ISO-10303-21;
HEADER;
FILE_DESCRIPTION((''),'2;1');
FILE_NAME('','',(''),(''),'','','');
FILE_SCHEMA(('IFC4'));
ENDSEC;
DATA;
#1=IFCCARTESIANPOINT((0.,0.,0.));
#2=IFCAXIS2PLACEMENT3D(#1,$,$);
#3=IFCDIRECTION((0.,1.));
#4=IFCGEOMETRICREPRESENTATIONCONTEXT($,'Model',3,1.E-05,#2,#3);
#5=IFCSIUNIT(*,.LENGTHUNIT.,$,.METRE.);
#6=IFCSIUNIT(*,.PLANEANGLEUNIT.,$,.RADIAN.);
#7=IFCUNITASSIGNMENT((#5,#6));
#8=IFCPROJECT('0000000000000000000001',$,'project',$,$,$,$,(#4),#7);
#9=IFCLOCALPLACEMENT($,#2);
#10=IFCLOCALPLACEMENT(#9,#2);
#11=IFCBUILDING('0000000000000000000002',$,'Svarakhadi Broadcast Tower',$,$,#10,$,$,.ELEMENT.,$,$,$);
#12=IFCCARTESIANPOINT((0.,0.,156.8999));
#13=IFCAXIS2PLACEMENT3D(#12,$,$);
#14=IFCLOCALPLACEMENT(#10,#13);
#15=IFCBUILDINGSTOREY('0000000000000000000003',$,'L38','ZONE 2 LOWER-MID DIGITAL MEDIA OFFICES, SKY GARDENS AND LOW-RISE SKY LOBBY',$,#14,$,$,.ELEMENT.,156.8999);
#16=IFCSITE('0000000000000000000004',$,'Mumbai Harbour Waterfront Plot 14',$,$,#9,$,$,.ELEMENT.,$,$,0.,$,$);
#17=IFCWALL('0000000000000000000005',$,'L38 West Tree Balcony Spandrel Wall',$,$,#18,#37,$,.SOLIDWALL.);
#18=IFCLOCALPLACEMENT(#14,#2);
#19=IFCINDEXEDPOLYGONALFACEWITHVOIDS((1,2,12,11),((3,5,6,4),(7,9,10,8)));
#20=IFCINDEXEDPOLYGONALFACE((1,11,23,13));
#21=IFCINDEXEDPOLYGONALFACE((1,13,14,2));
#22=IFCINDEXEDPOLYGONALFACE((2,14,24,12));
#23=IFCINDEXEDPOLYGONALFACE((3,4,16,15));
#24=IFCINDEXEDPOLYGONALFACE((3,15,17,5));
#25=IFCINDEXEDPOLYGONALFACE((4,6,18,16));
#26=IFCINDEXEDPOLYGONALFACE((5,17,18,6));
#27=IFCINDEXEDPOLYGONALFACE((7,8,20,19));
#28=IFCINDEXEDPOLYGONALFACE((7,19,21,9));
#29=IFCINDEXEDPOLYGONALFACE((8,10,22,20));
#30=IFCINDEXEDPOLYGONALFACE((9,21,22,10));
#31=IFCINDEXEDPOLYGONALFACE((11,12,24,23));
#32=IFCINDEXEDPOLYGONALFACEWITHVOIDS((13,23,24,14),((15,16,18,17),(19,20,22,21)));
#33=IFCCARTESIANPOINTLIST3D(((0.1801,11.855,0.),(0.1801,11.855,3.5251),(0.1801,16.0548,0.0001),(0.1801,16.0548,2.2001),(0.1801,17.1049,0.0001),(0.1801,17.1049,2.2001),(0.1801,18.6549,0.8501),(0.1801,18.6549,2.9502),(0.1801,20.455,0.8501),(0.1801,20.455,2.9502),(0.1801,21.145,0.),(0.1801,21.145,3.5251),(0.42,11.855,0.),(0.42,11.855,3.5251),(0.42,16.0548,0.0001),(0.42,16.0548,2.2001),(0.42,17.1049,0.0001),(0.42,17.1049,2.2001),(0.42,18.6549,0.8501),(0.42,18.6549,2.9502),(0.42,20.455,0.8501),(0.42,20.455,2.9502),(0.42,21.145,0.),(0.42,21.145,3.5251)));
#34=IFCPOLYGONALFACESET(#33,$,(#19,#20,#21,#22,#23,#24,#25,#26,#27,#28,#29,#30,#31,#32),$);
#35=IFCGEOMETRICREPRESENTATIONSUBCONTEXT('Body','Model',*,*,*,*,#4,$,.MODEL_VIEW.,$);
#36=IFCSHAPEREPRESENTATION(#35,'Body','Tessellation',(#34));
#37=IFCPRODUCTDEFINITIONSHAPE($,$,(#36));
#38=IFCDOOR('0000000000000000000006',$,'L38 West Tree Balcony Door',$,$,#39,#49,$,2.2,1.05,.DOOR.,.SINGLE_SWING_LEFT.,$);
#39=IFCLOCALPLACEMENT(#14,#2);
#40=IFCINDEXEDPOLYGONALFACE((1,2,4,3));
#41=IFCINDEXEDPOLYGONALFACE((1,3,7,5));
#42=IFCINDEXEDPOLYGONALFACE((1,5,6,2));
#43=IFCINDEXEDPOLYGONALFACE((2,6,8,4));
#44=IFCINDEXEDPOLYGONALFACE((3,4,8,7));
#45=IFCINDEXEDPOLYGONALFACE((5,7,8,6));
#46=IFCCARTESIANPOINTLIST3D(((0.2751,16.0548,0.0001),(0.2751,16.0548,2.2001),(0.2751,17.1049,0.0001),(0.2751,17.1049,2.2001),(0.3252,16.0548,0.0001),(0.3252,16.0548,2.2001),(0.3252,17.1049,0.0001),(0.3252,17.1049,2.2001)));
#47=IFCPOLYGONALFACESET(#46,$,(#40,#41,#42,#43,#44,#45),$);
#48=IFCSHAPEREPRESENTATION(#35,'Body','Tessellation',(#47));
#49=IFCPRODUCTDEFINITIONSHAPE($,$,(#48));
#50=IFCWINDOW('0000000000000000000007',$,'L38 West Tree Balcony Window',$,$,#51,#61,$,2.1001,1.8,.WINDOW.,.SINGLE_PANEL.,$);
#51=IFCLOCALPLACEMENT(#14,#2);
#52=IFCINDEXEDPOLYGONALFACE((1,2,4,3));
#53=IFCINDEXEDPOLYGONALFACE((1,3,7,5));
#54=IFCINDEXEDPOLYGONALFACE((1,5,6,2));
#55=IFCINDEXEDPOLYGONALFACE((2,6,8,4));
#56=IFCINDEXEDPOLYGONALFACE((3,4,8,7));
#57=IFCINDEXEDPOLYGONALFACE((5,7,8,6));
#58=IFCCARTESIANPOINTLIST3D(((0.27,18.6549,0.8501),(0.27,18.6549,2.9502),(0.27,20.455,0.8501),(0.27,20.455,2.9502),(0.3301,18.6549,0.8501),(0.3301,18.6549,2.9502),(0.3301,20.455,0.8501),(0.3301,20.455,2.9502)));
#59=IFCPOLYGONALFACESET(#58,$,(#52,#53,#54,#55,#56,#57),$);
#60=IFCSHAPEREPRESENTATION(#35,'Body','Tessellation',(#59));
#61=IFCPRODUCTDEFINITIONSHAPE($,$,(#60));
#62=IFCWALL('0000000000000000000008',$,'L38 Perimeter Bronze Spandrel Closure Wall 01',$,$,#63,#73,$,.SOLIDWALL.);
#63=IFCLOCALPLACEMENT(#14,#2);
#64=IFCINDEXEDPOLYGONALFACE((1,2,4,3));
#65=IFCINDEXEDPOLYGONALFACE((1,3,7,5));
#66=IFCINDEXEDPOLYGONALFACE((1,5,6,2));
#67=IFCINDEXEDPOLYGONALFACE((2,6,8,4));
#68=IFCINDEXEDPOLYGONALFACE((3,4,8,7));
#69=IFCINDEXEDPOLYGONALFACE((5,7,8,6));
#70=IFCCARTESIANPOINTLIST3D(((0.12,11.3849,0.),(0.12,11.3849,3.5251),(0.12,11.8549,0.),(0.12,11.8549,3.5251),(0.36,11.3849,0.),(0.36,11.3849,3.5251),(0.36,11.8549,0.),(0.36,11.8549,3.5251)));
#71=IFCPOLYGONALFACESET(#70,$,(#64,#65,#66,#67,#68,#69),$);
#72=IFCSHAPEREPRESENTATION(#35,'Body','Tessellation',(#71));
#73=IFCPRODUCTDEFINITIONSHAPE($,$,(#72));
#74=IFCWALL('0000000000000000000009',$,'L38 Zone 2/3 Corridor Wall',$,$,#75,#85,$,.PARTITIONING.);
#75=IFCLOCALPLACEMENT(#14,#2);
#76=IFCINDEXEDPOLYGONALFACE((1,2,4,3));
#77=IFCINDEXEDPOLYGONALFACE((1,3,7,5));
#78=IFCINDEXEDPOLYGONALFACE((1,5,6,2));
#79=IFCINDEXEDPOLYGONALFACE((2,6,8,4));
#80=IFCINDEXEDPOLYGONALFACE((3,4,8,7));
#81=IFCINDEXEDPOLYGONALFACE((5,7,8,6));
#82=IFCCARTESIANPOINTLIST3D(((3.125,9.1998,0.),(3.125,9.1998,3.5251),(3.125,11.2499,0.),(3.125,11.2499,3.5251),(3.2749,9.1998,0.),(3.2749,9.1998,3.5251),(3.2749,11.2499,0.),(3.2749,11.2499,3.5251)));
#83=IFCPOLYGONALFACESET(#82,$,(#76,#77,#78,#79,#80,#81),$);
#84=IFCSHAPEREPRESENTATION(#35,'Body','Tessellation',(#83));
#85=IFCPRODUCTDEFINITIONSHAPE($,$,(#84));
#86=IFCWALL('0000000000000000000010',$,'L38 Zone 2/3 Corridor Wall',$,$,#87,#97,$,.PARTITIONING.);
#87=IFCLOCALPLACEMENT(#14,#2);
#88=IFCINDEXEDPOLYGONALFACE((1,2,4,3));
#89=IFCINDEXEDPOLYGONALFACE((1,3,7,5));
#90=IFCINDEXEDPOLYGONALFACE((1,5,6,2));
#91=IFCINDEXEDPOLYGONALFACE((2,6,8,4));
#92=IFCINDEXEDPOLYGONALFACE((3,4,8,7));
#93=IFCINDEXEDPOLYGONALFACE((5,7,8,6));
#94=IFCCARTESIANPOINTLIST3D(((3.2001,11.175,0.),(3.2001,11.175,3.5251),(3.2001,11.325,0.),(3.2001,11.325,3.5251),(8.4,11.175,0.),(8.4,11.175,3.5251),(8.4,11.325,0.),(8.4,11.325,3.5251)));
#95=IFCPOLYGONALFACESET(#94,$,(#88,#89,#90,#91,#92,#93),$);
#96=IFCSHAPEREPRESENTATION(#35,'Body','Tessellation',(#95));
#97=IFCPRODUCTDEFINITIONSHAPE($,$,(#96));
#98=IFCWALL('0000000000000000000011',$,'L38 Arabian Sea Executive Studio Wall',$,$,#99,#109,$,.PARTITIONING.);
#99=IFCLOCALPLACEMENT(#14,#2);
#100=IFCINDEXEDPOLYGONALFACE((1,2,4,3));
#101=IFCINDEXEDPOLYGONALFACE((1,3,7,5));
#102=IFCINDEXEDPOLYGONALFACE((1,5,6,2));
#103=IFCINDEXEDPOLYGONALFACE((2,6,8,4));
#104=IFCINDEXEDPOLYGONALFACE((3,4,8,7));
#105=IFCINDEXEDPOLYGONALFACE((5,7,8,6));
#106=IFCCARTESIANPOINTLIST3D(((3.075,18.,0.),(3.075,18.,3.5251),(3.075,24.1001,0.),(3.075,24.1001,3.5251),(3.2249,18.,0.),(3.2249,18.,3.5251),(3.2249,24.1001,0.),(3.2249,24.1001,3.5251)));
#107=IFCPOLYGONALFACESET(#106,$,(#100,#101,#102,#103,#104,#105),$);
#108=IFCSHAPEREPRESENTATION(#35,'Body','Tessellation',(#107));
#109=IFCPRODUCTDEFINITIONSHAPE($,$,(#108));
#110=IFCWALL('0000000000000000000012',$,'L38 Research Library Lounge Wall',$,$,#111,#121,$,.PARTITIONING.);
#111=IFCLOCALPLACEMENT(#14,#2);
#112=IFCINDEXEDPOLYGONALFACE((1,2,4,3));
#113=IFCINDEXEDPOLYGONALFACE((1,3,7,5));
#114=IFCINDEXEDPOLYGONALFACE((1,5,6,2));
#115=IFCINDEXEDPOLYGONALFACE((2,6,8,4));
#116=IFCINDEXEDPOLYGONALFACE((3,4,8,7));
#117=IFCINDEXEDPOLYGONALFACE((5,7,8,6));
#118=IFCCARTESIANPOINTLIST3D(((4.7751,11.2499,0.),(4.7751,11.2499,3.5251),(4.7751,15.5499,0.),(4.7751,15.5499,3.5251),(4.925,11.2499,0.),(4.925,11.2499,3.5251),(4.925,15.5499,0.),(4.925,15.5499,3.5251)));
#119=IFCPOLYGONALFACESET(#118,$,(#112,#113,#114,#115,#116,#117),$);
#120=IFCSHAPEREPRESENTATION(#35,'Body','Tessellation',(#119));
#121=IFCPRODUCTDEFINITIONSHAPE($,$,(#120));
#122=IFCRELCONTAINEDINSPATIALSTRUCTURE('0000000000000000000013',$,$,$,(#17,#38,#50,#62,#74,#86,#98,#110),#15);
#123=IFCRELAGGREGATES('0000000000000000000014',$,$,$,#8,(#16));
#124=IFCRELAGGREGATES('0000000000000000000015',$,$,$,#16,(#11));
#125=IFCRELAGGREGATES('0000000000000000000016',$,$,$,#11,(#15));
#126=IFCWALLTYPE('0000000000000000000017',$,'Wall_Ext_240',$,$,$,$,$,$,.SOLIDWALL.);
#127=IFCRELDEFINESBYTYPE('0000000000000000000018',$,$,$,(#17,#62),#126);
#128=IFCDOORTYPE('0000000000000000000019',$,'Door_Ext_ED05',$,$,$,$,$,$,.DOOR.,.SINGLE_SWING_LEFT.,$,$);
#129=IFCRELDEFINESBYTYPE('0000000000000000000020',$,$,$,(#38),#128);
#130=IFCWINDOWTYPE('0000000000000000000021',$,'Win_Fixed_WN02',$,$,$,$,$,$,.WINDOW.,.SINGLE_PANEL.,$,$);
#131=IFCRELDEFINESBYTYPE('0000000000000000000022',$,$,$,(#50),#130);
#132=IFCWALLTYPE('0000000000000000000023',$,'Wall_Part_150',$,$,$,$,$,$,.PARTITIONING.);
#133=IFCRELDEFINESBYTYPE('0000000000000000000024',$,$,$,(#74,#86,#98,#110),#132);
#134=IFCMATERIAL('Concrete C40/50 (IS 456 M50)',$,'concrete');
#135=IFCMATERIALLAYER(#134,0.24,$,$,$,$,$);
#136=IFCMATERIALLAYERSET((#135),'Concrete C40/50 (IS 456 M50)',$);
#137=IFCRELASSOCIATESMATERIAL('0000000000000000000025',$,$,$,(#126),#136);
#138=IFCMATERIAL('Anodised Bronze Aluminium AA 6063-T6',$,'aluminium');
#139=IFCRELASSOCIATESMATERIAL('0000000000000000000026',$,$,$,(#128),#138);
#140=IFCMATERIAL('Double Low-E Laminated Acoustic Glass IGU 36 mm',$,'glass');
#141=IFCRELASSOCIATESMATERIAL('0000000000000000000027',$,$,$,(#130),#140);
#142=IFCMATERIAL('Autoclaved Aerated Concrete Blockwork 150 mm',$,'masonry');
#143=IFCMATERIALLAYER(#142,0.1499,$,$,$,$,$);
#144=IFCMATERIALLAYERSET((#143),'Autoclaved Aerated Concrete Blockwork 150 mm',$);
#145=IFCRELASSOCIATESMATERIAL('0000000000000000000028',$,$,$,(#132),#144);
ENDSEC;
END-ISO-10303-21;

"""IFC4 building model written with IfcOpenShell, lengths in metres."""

from ifc_helpers import new_model, si_unit, direction, frame, frame_2d, origin, place, context, subcontext, project, spatial, rectangle, extrude, material, layer, layer_set, type_object, element, fill, save


model = new_model("IFC4")

# Units and contexts
model_context = context("Model", 3, precision=1e-05, world=origin(), true_north=direction((0.0, 1.0)))
body_context = subcontext(model_context, "Body", "Model", "MODEL_VIEW")
ifc_project = project(units=[si_unit("LENGTHUNIT", "METRE"), si_unit("PLANEANGLEUNIT", "RADIAN")], contexts=[model_context])

# Site, building, storey
site_placement = place(None, origin())
site = spatial("IfcSite", under=ifc_project, at=site_placement, Name="Mumbai Harbour Waterfront Plot 14", CompositionType="ELEMENT", RefElevation=0.0)
building_placement = place(site_placement, origin())
building = spatial("IfcBuilding", under=site, at=building_placement, Name="Svarakhadi Broadcast Tower", CompositionType="ELEMENT")
storey_placement = place(building_placement, frame((0.0, 0.0, 156.8999)))
storey = spatial("IfcBuildingStorey", under=building, at=storey_placement, Name="L38", Description="ZONE 2 LOWER-MID DIGITAL MEDIA OFFICES, SKY GARDENS AND LOW-RISE SKY LOBBY", CompositionType="ELEMENT", Elevation=156.8999)

# Shared definitions
ifc_material_1 = material(Name="Anodised Bronze Aluminium AA 6063-T6", Category="aluminium")

# Shared definitions
ifc_material_2 = material(Name="Double Low-E Laminated Acoustic Glass IGU 36 mm", Category="glass")

# Wall, openings, door, window
ifc_material_3 = material(Name="Concrete C40/50 (IS 456 M50)", Category="concrete")
ifc_layer_1 = layer(ifc_material_3, 0.24)
ifc_layer_set_1 = layer_set([ifc_layer_1], Name="Concrete C40/50 (IS 456 M50)")
wall_type_1 = type_object("IfcWallType", Name="Wall_Ext_240", PredefinedType="SOLIDWALL", material=ifc_layer_set_1)
wall_1_placement = place(storey_placement, frame((0.3, 11.855, 0.0), z_axis=(0.0, 0.0, 1.0), x_axis=(0.0, 1.0, 0.0)))
wall_1 = element("IfcWall", 1, at=wall_1_placement, inside=storey, type_object=wall_type_1, Name="L38 West Tree Balcony Spandrel Wall", PredefinedType="SOLIDWALL", context=body_context, shape_type="SweptSolid", body=[
    extrude(rectangle(XDim=9.29, YDim=0.24, at=frame_2d((4.645, 0.0))), origin(), (0.0, 0.0, 1.0), 3.5251),
])
opening_1_placement = place(wall_1_placement, frame((4.2, 0.0, 0.0)))
opening_1 = element("IfcOpeningElement", 2, at=opening_1_placement, cuts=wall_1, PredefinedType="OPENING", context=body_context, shape_type="SweptSolid", body=[
    extrude(rectangle(XDim=1.05, YDim=2.2, at=frame_2d((0.5249, 1.1001))), frame((0.0, 0.1299, 0.0), z_axis=(0.0, -1.0, 0.0), x_axis=(1.0, 0.0, 0.0)), (0.0, 0.0, 1.0), 0.26),
])
opening_2_placement = place(wall_1_placement, frame((6.8, 0.0, 0.8501)))
opening_2 = element("IfcOpeningElement", 3, at=opening_2_placement, cuts=wall_1, PredefinedType="OPENING", context=body_context, shape_type="SweptSolid", body=[
    extrude(rectangle(XDim=1.8, YDim=2.1001, at=frame_2d((0.8999, 1.05))), frame((0.0, 0.1299, 0.0), z_axis=(0.0, -1.0, 0.0), x_axis=(1.0, 0.0, 0.0)), (0.0, 0.0, 1.0), 0.26),
])
door_type_1 = type_object("IfcDoorType", Name="Door_Ext_ED05", OperationType="SINGLE_SWING_LEFT", PredefinedType="DOOR", material=ifc_material_1)
door_1_placement = place(opening_1_placement, origin())
door_1 = element("IfcDoor", 4, at=door_1_placement, inside=storey, type_object=door_type_1, Name="L38 West Tree Balcony Door", OperationType="SINGLE_SWING_LEFT", OverallHeight=2.2, OverallWidth=1.05, PredefinedType="DOOR", context=body_context, shape_type="SweptSolid", body=[
    extrude(rectangle(XDim=1.05, YDim=2.2, at=frame_2d((0.5249, 1.1001))), frame((0.0, 0.0249, 0.0), z_axis=(0.0, -1.0, 0.0), x_axis=(1.0, 0.0, 0.0)), (0.0, 0.0, 1.0), 0.05),
])
fill(opening_1, door_1)
window_type = type_object("IfcWindowType", Name="Win_Fixed_WN02", PartitioningType="SINGLE_PANEL", PredefinedType="WINDOW", material=ifc_material_2)
window_placement = place(opening_2_placement, origin())
window = element("IfcWindow", 5, at=window_placement, inside=storey, type_object=window_type, Name="L38 West Tree Balcony Window", OverallHeight=2.1001, OverallWidth=1.8, PartitioningType="SINGLE_PANEL", PredefinedType="WINDOW", context=body_context, shape_type="SweptSolid", body=[
    extrude(rectangle(XDim=1.8, YDim=2.1001, at=frame_2d((0.8999, 1.05))), frame((0.0, 0.03, 0.0), z_axis=(0.0, -1.0, 0.0), x_axis=(1.0, 0.0, 0.0)), (0.0, 0.0, 1.0), 0.0601),
])
fill(opening_2, window)

# Walls
wall_2_placement = place(storey_placement, frame((0.24, 11.385, 0.0), z_axis=(0.0, 0.0, 1.0), x_axis=(0.0, 1.0, 0.0)))
element("IfcWall", 6, at=wall_2_placement, inside=storey, type_object=wall_type_1, Name="L38 Perimeter Bronze Spandrel Closure Wall 01", PredefinedType="SOLIDWALL", context=body_context, shape_type="SweptSolid", body=[
    extrude(rectangle(XDim=0.47, YDim=0.24, at=frame_2d((0.2349, 0.0))), origin(), (0.0, 0.0, 1.0), 3.5251),
])
ifc_material_4 = material(Name="Autoclaved Aerated Concrete Blockwork 150 mm", Category="masonry")
ifc_layer_2 = layer(ifc_material_4, 0.1499)
ifc_layer_set_2 = layer_set([ifc_layer_2], Name="Autoclaved Aerated Concrete Blockwork 150 mm")
wall_type_2 = type_object("IfcWallType", Name="Wall_Part_150", PredefinedType="PARTITIONING", material=ifc_layer_set_2)
wall_3_placement = place(storey_placement, frame((3.2, 9.2, 0.0), z_axis=(0.0, 0.0, 1.0), x_axis=(0.0, 1.0, 0.0)))
element("IfcWall", 7, at=wall_3_placement, inside=storey, type_object=wall_type_2, Name="L38 Zone 2/3 Corridor Wall", PredefinedType="PARTITIONING", context=body_context, shape_type="SweptSolid", body=[
    extrude(rectangle(XDim=2.05, YDim=0.1499, at=frame_2d((1.0249, 0.0))), origin(), (0.0, 0.0, 1.0), 3.5251),
])
wall_4_placement = place(storey_placement, frame((3.2, 11.25, 0.0), z_axis=(0.0, 0.0, 1.0), x_axis=(1.0, 0.0, 0.0)))
element("IfcWall", 8, at=wall_4_placement, inside=storey, type_object=wall_type_2, Name="L38 Zone 2/3 Corridor Wall", PredefinedType="PARTITIONING", context=body_context, shape_type="SweptSolid", body=[
    extrude(rectangle(XDim=5.2, YDim=0.1499, at=frame_2d((2.6001, 0.0))), origin(), (0.0, 0.0, 1.0), 3.5251),
])

# Wall
wall_5_placement = place(storey_placement, frame((3.1499, 18.0, 0.0), z_axis=(0.0, 0.0, 1.0), x_axis=(0.0, 1.0, 0.0)))
element("IfcWall", 9, at=wall_5_placement, inside=storey, type_object=wall_type_2, Name="L38 Arabian Sea Executive Studio Wall", PredefinedType="PARTITIONING", context=body_context, shape_type="SweptSolid", body=[
    extrude(rectangle(XDim=6.1001, YDim=0.1499, at=frame_2d((3.05, 0.0))), origin(), (0.0, 0.0, 1.0), 3.5251),
])

# Wall
wall_6_placement = place(storey_placement, frame((4.8501, 11.25, 0.0), z_axis=(0.0, 0.0, 1.0), x_axis=(0.0, 1.0, 0.0)))
element("IfcWall", 10, at=wall_6_placement, inside=storey, type_object=wall_type_2, Name="L38 Research Library Lounge Wall", PredefinedType="PARTITIONING", context=body_context, shape_type="SweptSolid", body=[
    extrude(rectangle(XDim=4.3, YDim=0.1499, at=frame_2d((2.1499, 0.0))), origin(), (0.0, 0.0, 1.0), 3.5251),
])

save(model, "model.ifc")
